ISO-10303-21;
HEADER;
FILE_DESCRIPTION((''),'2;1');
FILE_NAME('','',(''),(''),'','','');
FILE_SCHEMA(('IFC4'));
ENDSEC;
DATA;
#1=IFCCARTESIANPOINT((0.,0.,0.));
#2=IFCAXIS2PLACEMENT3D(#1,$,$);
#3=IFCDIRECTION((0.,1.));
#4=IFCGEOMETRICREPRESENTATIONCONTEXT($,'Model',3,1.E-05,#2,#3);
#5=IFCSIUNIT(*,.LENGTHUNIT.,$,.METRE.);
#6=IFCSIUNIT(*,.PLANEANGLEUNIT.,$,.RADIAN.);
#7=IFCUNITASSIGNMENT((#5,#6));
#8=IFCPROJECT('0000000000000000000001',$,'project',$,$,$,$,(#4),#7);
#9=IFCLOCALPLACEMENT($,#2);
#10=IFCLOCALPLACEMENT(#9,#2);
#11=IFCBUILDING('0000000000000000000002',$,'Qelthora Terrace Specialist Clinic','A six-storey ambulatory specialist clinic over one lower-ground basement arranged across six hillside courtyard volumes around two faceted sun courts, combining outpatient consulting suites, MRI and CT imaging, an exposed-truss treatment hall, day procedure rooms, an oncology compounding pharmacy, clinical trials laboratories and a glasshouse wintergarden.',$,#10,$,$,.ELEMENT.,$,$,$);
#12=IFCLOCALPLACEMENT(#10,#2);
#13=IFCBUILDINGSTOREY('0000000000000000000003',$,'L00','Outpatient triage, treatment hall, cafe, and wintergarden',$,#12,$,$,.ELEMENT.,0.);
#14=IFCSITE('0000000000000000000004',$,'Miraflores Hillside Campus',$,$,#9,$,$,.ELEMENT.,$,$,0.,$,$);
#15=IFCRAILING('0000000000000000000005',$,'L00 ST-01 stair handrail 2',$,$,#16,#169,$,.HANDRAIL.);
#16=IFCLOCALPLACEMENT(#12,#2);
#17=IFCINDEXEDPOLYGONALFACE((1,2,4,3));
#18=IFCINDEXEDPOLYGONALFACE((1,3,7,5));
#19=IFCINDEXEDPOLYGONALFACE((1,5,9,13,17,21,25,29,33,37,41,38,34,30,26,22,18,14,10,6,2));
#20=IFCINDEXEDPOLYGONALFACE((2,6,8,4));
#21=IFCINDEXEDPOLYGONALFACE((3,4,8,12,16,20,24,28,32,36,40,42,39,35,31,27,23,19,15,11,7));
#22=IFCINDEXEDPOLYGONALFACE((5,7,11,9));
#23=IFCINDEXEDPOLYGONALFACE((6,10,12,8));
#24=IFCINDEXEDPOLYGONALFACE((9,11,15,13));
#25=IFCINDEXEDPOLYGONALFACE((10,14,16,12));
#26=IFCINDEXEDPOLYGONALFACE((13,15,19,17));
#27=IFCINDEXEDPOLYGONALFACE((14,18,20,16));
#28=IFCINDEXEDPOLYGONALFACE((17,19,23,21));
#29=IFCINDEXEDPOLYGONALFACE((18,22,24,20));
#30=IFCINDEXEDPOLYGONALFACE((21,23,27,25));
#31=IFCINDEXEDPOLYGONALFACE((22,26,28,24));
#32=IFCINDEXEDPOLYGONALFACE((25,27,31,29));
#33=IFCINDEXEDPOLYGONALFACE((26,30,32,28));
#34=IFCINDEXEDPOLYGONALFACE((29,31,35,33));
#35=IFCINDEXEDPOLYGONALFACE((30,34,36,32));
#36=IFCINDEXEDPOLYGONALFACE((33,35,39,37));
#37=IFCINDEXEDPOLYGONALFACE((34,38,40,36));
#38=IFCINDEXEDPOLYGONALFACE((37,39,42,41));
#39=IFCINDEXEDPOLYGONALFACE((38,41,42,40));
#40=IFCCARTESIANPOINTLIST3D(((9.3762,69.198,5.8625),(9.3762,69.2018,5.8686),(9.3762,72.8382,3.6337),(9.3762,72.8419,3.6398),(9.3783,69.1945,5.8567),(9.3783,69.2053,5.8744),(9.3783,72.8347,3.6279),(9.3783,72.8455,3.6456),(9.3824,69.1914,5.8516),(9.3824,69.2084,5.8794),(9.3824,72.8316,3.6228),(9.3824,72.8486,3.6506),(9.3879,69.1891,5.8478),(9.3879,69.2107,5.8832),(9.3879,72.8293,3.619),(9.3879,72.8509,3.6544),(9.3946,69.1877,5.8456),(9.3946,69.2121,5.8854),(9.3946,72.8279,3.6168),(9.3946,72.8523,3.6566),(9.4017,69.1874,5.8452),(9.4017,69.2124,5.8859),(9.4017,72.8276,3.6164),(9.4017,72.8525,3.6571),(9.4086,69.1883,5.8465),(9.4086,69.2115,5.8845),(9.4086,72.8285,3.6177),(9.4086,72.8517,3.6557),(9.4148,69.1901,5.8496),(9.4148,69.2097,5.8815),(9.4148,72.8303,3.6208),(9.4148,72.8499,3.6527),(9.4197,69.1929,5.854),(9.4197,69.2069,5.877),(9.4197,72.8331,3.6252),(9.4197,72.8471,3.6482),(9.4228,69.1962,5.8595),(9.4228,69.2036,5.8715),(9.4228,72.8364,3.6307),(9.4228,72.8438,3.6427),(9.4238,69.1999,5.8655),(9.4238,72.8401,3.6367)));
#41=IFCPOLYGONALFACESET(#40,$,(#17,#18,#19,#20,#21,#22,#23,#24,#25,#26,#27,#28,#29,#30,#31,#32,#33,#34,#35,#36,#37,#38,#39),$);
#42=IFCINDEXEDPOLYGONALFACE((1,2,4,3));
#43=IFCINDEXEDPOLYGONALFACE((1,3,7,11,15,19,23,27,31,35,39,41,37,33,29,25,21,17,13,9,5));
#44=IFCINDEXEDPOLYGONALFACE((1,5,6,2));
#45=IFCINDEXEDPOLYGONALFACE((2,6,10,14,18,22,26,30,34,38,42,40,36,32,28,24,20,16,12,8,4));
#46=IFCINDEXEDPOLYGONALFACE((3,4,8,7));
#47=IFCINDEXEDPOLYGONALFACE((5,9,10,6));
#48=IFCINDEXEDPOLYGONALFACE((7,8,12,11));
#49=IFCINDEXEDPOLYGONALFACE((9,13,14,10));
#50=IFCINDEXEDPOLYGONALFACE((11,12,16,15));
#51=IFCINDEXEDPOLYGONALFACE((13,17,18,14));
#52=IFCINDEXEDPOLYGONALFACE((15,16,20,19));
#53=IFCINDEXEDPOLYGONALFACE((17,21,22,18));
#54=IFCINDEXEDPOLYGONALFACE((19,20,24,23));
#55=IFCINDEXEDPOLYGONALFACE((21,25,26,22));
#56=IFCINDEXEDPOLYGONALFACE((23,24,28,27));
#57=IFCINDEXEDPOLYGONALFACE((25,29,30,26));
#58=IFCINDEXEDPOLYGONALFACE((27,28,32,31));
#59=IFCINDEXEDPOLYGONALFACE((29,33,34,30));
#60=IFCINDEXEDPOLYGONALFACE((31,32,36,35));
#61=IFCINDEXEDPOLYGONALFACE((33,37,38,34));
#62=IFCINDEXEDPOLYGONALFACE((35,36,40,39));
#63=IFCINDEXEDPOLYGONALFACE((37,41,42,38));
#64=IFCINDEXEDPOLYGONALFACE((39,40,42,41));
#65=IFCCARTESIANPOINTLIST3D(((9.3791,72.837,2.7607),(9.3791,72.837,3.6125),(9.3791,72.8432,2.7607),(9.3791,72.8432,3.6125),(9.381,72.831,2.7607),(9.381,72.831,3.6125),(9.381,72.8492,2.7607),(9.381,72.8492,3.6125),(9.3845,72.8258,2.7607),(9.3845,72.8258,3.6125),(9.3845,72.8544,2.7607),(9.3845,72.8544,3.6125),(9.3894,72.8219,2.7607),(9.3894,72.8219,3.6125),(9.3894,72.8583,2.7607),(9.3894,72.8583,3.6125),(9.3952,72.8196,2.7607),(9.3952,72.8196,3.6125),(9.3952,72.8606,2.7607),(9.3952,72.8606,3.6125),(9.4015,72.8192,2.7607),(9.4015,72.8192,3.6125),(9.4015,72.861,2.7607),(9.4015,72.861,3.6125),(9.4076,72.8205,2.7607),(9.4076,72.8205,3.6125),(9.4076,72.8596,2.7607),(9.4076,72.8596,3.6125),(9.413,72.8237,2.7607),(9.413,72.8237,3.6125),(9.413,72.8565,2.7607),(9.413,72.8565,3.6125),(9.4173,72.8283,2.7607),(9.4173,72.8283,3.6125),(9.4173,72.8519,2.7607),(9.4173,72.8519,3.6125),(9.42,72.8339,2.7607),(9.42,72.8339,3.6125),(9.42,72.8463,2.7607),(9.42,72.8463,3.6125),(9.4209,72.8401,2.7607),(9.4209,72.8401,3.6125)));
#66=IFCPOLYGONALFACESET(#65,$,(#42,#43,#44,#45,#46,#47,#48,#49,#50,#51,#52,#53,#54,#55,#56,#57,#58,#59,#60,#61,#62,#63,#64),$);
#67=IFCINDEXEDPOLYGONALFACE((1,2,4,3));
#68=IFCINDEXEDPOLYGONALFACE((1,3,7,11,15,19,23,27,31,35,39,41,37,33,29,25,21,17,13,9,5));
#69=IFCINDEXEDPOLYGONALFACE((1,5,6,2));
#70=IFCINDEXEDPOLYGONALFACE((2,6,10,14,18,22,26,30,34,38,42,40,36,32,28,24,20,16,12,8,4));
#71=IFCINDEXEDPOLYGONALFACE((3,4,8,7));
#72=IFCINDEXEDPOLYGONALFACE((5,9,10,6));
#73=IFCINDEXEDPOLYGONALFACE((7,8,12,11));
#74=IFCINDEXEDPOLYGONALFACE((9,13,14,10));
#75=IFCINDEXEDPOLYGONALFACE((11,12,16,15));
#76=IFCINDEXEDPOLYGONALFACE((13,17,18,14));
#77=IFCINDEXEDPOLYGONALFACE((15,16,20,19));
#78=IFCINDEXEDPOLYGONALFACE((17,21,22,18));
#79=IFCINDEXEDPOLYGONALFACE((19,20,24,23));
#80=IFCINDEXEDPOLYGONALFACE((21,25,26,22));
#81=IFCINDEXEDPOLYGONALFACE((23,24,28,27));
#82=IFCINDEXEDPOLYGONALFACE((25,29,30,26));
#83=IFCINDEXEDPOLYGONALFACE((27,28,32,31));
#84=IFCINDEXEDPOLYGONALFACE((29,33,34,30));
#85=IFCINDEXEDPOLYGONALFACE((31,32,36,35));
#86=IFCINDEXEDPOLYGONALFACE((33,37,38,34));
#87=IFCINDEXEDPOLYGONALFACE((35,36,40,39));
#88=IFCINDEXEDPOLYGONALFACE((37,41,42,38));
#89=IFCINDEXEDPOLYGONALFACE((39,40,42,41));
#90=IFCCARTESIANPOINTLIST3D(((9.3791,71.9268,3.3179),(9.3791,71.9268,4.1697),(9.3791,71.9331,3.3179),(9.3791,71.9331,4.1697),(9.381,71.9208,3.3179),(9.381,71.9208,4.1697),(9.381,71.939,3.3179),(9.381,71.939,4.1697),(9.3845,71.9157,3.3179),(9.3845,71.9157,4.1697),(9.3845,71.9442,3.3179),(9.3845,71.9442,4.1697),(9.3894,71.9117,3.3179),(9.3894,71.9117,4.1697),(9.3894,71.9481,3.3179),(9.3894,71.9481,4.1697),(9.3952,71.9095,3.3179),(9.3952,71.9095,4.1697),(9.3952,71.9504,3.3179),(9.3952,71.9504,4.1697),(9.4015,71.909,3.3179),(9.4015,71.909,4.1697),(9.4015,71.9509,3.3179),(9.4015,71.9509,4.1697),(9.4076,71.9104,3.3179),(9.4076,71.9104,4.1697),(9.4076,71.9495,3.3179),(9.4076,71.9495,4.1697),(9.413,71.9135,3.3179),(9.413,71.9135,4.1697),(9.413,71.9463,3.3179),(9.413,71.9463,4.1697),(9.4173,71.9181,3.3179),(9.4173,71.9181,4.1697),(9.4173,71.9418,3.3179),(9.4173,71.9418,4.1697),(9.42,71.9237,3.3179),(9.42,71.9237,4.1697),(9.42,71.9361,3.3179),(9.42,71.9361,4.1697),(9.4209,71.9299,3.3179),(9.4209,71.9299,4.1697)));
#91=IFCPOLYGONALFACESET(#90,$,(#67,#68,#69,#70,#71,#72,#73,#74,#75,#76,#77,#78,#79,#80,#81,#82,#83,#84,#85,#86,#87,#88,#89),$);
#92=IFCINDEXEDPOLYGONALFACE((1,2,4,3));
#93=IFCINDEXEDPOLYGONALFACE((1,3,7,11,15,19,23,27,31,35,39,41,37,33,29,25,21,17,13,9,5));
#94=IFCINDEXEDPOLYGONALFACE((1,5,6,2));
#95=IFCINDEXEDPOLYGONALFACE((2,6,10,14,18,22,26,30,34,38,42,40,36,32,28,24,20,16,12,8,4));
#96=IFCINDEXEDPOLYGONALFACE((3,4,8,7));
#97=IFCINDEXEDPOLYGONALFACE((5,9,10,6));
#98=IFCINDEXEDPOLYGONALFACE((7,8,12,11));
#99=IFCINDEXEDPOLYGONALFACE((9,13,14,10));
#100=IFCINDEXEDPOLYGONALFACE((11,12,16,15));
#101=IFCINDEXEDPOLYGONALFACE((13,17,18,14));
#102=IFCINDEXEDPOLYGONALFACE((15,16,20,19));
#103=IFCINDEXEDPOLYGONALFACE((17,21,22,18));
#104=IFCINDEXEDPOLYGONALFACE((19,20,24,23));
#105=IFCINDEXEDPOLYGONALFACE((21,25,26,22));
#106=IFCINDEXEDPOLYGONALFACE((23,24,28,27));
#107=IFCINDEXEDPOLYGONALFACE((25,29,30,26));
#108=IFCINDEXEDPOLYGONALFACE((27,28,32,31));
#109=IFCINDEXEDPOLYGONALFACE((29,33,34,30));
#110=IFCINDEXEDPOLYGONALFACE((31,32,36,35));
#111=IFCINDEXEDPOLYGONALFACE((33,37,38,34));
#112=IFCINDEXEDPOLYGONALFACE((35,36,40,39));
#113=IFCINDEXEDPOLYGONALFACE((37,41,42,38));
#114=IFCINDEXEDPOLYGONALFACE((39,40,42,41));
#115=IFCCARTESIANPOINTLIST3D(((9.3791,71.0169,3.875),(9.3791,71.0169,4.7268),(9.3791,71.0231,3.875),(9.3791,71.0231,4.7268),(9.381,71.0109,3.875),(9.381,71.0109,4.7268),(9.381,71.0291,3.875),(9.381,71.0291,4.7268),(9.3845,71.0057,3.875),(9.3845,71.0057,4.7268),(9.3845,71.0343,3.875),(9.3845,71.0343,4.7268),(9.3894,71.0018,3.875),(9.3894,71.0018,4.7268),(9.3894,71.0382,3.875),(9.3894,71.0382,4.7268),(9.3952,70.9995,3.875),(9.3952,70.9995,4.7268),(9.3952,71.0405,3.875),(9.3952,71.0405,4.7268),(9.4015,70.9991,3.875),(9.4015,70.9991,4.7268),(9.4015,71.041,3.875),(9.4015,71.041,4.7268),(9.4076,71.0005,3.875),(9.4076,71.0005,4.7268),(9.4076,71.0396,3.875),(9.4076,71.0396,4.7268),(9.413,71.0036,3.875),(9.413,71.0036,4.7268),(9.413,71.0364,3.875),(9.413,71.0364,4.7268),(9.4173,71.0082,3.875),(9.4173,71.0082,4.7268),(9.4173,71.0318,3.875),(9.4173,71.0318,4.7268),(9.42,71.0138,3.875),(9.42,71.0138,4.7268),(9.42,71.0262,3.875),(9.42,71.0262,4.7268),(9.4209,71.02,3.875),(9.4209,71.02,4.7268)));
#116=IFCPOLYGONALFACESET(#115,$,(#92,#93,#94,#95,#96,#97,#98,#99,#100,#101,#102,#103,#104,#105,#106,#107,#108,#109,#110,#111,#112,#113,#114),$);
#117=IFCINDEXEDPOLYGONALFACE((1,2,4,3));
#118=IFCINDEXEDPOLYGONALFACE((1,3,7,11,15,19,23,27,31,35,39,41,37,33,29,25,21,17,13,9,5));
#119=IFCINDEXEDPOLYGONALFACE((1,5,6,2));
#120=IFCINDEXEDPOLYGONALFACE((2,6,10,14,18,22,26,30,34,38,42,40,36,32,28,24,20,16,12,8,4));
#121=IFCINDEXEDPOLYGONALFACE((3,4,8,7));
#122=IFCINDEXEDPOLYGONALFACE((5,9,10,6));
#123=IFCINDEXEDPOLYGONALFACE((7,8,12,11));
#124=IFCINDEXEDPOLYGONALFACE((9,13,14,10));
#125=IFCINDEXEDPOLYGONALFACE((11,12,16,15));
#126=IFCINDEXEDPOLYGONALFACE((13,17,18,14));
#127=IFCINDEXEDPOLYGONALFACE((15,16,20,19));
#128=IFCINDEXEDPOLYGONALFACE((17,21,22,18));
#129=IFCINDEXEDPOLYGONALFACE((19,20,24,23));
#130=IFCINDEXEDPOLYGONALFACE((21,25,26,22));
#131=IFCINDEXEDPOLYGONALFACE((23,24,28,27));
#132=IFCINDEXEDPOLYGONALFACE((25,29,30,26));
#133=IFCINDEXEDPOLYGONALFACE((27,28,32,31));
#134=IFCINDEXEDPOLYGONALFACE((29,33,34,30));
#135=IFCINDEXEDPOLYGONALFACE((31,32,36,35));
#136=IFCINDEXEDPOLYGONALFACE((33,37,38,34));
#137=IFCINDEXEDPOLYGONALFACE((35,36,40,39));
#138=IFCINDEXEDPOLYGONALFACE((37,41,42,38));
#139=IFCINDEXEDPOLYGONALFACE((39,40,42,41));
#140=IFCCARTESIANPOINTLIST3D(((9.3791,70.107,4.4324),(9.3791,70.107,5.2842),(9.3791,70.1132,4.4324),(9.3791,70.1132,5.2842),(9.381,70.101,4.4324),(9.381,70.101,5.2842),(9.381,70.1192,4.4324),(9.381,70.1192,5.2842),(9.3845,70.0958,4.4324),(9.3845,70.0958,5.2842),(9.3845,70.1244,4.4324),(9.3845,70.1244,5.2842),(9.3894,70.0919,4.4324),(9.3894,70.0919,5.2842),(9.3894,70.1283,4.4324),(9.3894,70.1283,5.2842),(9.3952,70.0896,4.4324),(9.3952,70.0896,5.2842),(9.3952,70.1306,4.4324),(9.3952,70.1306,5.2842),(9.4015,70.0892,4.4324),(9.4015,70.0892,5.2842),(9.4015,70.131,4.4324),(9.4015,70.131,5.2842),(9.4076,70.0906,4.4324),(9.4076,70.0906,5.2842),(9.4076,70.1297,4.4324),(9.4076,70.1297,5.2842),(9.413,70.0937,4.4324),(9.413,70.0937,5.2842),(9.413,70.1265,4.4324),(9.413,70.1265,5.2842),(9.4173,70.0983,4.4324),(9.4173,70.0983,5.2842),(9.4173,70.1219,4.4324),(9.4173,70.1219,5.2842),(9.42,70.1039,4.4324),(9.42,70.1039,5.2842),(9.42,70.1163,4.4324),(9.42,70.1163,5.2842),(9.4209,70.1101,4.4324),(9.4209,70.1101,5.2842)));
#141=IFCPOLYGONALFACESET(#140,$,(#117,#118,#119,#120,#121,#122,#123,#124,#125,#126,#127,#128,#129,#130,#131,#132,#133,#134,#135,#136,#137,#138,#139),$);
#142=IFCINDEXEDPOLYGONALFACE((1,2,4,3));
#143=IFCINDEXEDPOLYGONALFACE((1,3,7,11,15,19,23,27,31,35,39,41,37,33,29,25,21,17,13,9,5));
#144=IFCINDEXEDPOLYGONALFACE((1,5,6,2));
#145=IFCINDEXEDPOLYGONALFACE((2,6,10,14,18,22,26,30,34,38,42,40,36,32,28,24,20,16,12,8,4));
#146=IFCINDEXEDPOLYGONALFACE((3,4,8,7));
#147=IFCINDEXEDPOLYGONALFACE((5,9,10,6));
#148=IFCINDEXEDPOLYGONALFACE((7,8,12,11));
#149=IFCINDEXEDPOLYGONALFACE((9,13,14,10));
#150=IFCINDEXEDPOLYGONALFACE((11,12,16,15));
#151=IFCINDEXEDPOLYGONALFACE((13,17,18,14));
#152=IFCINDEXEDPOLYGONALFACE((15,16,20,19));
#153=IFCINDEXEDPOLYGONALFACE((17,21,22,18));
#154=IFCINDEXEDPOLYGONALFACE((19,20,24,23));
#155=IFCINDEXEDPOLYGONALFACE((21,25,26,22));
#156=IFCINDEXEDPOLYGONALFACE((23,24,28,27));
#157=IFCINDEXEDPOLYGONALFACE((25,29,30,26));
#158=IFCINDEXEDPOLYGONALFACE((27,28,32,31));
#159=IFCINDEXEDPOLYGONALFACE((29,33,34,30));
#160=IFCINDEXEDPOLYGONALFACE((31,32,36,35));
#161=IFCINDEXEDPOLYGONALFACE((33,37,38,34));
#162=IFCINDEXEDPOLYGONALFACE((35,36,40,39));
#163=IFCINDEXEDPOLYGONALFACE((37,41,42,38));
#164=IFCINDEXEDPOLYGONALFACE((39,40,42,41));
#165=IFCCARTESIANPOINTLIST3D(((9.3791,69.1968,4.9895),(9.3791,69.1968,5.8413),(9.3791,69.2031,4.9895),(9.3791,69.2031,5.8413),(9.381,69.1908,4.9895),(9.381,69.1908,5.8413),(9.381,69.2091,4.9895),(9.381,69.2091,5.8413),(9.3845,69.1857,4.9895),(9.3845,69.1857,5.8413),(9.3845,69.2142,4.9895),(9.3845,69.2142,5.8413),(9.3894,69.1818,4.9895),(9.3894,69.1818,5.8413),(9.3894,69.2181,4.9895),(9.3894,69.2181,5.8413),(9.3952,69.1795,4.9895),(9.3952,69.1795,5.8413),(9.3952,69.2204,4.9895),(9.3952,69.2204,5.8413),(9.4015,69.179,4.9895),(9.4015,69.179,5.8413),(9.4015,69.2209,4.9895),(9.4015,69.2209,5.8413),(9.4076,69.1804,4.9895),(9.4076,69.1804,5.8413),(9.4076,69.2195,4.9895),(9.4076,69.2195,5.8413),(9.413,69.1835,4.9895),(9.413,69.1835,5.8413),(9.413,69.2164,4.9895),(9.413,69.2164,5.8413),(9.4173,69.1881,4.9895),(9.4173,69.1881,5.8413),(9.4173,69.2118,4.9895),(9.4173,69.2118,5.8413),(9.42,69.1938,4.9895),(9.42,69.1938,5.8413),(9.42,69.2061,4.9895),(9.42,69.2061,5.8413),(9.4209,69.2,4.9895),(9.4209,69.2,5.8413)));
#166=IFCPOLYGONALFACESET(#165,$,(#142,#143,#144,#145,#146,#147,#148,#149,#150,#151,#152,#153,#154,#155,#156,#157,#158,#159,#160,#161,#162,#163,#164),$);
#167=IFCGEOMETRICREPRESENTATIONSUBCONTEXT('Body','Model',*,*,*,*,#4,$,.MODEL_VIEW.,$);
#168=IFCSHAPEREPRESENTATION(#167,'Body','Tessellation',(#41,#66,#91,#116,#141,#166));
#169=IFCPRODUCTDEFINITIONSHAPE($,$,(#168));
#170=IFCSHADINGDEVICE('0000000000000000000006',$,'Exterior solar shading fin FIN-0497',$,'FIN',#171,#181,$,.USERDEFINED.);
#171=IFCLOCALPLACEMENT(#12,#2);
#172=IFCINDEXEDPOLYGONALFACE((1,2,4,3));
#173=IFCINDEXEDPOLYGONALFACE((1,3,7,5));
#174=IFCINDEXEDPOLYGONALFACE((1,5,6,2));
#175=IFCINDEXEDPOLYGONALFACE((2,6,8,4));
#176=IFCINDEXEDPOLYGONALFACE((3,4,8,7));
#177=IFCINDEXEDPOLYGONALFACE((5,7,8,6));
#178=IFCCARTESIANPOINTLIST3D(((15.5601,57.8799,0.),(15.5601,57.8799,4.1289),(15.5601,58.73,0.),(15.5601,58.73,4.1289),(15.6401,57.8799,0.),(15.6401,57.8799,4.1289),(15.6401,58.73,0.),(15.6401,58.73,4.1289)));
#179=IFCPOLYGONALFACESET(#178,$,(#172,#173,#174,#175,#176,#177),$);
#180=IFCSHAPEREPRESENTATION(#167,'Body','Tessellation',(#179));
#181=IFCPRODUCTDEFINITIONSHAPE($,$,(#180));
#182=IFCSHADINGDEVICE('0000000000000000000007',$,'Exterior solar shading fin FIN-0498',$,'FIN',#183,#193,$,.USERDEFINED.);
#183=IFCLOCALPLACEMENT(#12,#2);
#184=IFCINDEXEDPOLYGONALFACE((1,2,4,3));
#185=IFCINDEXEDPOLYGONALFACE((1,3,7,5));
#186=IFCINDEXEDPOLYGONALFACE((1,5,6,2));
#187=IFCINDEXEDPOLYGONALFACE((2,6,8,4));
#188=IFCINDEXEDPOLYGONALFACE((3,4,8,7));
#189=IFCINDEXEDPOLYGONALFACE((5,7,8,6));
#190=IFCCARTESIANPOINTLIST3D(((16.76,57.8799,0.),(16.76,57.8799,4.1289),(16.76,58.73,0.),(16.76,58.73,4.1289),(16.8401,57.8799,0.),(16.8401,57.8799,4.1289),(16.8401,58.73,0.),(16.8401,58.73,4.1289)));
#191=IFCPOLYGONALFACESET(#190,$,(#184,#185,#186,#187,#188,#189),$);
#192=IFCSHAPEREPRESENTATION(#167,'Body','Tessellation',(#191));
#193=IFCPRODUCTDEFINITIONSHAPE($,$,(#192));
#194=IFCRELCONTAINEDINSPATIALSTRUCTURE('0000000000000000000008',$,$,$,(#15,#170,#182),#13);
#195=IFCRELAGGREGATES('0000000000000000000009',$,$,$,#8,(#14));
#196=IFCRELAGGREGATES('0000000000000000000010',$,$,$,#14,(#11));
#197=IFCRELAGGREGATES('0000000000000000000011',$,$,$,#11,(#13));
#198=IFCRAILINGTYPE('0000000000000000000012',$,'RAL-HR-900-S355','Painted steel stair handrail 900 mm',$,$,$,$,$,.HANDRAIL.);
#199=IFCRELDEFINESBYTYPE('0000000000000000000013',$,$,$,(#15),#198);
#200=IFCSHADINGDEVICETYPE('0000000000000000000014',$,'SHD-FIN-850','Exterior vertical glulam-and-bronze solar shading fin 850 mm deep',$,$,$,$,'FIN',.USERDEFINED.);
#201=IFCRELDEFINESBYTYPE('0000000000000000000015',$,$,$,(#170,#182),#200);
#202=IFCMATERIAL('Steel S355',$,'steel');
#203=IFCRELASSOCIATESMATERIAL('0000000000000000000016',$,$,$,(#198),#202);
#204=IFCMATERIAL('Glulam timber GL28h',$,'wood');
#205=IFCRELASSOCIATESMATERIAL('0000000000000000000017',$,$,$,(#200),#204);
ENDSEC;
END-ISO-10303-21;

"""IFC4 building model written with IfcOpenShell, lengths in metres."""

from ifc_helpers import new_model, si_unit, direction, frame, origin, origin_2d, place, context, subcontext, project, spatial, rectangle, circle, extrude, material, type_object, element, save


model = new_model("IFC4")

# Units and contexts
model_context = context("Model", 3, precision=1e-05, world=origin(), true_north=direction((0.0, 1.0)))
body_context = subcontext(model_context, "Body", "Model", "MODEL_VIEW")
ifc_project = project(units=[si_unit("LENGTHUNIT", "METRE"), si_unit("PLANEANGLEUNIT", "RADIAN")], contexts=[model_context])

# Site, building, storey
site_placement = place(None, origin())
site = spatial("IfcSite", under=ifc_project, at=site_placement, Name="Miraflores Hillside Campus", CompositionType="ELEMENT", RefElevation=0.0)
building_placement = place(site_placement, origin())
building = spatial("IfcBuilding", under=site, at=building_placement, Name="Qelthora Terrace Specialist Clinic", Description="A six-storey ambulatory specialist clinic over one lower-ground basement arranged across six hillside courtyard volumes around two faceted sun courts, combining outpatient consulting suites, MRI and CT imaging, an exposed-truss treatment hall, day procedure rooms, an oncology compounding pharmacy, clinical trials laboratories and a glasshouse wintergarden.", CompositionType="ELEMENT")
storey_placement = place(building_placement, origin())
storey = spatial("IfcBuildingStorey", under=building, at=storey_placement, Name="L00", Description="Outpatient triage, treatment hall, cafe, and wintergarden", CompositionType="ELEMENT", Elevation=0.0)

# Shared definitions
ifc_material_1 = material(Name="Steel S355", Category="steel")

# Railing
railing_type_1 = type_object("IfcRailingType", Name="RAL-HR-900-S355", Description="Painted steel stair handrail 900 mm", PredefinedType="HANDRAIL", material=ifc_material_1)
railing_1_placement = place(storey_placement, frame((9.3999, 72.8401, 2.7607)))
element("IfcRailing", 1, at=railing_1_placement, inside=storey, type_object=railing_type_1, Name="L00 ST-01 stair handrail 2", PredefinedType="HANDRAIL", context=body_context, shape_type="SweptSolid", body=[
    extrude(circle(Radius=0.0239, at=origin_2d()), frame((0.0, 0.0, 0.876), z_axis=(0.0, -0.85284, 0.522172), x_axis=(1.0, 0.0, 0.0)), (0.0, 0.0, 1.0), 4.2683),
    extrude(circle(Radius=0.021, at=origin_2d()), origin(), (0.0, 0.0, 1.0), 0.8518),
    extrude(circle(Radius=0.021, at=origin_2d()), frame((0.0, -0.9102, 0.5571)), (0.0, 0.0, 1.0), 0.8518),
    extrude(circle(Radius=0.021, at=origin_2d()), frame((0.0, -1.8201, 1.1143)), (0.0, 0.0, 1.0), 0.8518),
    extrude(circle(Radius=0.021, at=origin_2d()), frame((0.0, -2.73, 1.6716)), (0.0, 0.0, 1.0), 0.8518),
    extrude(circle(Radius=0.021, at=origin_2d()), frame((0.0, -3.6401, 2.2288)), (0.0, 0.0, 1.0), 0.8518),
])

# Shading devices
ifc_material_2 = material(Name="Glulam timber GL28h", Category="wood")
shading_device_type = type_object("IfcShadingDeviceType", Name="SHD-FIN-850", Description="Exterior vertical glulam-and-bronze solar shading fin 850 mm deep", ElementType="FIN", PredefinedType="USERDEFINED", material=ifc_material_2)
for number, where, z_axis, x_axis, name in (
    (2, (15.6001, 58.3049, 0.0), (0.0, 0.0, 1.0), (0.0, -1.0, 0.0), "Exterior solar shading fin FIN-0497"),
    (3, (16.8, 58.3049, 0.0), (0.0, 0.0, 1.0), (0.0, -1.0, 0.0), "Exterior solar shading fin FIN-0498"),
):
    element("IfcShadingDevice", number, at=place(storey_placement, frame(where, z_axis=z_axis, x_axis=x_axis)), inside=storey, type_object=shading_device_type, Name=name, ObjectType="FIN", PredefinedType="USERDEFINED", context=body_context, shape_type="SweptSolid", body=[
        extrude(rectangle(XDim=0.8501, YDim=0.0801, at=origin_2d()), origin(), (0.0, 0.0, 1.0), 4.1289),
    ])

save(model, "model.ifc")
